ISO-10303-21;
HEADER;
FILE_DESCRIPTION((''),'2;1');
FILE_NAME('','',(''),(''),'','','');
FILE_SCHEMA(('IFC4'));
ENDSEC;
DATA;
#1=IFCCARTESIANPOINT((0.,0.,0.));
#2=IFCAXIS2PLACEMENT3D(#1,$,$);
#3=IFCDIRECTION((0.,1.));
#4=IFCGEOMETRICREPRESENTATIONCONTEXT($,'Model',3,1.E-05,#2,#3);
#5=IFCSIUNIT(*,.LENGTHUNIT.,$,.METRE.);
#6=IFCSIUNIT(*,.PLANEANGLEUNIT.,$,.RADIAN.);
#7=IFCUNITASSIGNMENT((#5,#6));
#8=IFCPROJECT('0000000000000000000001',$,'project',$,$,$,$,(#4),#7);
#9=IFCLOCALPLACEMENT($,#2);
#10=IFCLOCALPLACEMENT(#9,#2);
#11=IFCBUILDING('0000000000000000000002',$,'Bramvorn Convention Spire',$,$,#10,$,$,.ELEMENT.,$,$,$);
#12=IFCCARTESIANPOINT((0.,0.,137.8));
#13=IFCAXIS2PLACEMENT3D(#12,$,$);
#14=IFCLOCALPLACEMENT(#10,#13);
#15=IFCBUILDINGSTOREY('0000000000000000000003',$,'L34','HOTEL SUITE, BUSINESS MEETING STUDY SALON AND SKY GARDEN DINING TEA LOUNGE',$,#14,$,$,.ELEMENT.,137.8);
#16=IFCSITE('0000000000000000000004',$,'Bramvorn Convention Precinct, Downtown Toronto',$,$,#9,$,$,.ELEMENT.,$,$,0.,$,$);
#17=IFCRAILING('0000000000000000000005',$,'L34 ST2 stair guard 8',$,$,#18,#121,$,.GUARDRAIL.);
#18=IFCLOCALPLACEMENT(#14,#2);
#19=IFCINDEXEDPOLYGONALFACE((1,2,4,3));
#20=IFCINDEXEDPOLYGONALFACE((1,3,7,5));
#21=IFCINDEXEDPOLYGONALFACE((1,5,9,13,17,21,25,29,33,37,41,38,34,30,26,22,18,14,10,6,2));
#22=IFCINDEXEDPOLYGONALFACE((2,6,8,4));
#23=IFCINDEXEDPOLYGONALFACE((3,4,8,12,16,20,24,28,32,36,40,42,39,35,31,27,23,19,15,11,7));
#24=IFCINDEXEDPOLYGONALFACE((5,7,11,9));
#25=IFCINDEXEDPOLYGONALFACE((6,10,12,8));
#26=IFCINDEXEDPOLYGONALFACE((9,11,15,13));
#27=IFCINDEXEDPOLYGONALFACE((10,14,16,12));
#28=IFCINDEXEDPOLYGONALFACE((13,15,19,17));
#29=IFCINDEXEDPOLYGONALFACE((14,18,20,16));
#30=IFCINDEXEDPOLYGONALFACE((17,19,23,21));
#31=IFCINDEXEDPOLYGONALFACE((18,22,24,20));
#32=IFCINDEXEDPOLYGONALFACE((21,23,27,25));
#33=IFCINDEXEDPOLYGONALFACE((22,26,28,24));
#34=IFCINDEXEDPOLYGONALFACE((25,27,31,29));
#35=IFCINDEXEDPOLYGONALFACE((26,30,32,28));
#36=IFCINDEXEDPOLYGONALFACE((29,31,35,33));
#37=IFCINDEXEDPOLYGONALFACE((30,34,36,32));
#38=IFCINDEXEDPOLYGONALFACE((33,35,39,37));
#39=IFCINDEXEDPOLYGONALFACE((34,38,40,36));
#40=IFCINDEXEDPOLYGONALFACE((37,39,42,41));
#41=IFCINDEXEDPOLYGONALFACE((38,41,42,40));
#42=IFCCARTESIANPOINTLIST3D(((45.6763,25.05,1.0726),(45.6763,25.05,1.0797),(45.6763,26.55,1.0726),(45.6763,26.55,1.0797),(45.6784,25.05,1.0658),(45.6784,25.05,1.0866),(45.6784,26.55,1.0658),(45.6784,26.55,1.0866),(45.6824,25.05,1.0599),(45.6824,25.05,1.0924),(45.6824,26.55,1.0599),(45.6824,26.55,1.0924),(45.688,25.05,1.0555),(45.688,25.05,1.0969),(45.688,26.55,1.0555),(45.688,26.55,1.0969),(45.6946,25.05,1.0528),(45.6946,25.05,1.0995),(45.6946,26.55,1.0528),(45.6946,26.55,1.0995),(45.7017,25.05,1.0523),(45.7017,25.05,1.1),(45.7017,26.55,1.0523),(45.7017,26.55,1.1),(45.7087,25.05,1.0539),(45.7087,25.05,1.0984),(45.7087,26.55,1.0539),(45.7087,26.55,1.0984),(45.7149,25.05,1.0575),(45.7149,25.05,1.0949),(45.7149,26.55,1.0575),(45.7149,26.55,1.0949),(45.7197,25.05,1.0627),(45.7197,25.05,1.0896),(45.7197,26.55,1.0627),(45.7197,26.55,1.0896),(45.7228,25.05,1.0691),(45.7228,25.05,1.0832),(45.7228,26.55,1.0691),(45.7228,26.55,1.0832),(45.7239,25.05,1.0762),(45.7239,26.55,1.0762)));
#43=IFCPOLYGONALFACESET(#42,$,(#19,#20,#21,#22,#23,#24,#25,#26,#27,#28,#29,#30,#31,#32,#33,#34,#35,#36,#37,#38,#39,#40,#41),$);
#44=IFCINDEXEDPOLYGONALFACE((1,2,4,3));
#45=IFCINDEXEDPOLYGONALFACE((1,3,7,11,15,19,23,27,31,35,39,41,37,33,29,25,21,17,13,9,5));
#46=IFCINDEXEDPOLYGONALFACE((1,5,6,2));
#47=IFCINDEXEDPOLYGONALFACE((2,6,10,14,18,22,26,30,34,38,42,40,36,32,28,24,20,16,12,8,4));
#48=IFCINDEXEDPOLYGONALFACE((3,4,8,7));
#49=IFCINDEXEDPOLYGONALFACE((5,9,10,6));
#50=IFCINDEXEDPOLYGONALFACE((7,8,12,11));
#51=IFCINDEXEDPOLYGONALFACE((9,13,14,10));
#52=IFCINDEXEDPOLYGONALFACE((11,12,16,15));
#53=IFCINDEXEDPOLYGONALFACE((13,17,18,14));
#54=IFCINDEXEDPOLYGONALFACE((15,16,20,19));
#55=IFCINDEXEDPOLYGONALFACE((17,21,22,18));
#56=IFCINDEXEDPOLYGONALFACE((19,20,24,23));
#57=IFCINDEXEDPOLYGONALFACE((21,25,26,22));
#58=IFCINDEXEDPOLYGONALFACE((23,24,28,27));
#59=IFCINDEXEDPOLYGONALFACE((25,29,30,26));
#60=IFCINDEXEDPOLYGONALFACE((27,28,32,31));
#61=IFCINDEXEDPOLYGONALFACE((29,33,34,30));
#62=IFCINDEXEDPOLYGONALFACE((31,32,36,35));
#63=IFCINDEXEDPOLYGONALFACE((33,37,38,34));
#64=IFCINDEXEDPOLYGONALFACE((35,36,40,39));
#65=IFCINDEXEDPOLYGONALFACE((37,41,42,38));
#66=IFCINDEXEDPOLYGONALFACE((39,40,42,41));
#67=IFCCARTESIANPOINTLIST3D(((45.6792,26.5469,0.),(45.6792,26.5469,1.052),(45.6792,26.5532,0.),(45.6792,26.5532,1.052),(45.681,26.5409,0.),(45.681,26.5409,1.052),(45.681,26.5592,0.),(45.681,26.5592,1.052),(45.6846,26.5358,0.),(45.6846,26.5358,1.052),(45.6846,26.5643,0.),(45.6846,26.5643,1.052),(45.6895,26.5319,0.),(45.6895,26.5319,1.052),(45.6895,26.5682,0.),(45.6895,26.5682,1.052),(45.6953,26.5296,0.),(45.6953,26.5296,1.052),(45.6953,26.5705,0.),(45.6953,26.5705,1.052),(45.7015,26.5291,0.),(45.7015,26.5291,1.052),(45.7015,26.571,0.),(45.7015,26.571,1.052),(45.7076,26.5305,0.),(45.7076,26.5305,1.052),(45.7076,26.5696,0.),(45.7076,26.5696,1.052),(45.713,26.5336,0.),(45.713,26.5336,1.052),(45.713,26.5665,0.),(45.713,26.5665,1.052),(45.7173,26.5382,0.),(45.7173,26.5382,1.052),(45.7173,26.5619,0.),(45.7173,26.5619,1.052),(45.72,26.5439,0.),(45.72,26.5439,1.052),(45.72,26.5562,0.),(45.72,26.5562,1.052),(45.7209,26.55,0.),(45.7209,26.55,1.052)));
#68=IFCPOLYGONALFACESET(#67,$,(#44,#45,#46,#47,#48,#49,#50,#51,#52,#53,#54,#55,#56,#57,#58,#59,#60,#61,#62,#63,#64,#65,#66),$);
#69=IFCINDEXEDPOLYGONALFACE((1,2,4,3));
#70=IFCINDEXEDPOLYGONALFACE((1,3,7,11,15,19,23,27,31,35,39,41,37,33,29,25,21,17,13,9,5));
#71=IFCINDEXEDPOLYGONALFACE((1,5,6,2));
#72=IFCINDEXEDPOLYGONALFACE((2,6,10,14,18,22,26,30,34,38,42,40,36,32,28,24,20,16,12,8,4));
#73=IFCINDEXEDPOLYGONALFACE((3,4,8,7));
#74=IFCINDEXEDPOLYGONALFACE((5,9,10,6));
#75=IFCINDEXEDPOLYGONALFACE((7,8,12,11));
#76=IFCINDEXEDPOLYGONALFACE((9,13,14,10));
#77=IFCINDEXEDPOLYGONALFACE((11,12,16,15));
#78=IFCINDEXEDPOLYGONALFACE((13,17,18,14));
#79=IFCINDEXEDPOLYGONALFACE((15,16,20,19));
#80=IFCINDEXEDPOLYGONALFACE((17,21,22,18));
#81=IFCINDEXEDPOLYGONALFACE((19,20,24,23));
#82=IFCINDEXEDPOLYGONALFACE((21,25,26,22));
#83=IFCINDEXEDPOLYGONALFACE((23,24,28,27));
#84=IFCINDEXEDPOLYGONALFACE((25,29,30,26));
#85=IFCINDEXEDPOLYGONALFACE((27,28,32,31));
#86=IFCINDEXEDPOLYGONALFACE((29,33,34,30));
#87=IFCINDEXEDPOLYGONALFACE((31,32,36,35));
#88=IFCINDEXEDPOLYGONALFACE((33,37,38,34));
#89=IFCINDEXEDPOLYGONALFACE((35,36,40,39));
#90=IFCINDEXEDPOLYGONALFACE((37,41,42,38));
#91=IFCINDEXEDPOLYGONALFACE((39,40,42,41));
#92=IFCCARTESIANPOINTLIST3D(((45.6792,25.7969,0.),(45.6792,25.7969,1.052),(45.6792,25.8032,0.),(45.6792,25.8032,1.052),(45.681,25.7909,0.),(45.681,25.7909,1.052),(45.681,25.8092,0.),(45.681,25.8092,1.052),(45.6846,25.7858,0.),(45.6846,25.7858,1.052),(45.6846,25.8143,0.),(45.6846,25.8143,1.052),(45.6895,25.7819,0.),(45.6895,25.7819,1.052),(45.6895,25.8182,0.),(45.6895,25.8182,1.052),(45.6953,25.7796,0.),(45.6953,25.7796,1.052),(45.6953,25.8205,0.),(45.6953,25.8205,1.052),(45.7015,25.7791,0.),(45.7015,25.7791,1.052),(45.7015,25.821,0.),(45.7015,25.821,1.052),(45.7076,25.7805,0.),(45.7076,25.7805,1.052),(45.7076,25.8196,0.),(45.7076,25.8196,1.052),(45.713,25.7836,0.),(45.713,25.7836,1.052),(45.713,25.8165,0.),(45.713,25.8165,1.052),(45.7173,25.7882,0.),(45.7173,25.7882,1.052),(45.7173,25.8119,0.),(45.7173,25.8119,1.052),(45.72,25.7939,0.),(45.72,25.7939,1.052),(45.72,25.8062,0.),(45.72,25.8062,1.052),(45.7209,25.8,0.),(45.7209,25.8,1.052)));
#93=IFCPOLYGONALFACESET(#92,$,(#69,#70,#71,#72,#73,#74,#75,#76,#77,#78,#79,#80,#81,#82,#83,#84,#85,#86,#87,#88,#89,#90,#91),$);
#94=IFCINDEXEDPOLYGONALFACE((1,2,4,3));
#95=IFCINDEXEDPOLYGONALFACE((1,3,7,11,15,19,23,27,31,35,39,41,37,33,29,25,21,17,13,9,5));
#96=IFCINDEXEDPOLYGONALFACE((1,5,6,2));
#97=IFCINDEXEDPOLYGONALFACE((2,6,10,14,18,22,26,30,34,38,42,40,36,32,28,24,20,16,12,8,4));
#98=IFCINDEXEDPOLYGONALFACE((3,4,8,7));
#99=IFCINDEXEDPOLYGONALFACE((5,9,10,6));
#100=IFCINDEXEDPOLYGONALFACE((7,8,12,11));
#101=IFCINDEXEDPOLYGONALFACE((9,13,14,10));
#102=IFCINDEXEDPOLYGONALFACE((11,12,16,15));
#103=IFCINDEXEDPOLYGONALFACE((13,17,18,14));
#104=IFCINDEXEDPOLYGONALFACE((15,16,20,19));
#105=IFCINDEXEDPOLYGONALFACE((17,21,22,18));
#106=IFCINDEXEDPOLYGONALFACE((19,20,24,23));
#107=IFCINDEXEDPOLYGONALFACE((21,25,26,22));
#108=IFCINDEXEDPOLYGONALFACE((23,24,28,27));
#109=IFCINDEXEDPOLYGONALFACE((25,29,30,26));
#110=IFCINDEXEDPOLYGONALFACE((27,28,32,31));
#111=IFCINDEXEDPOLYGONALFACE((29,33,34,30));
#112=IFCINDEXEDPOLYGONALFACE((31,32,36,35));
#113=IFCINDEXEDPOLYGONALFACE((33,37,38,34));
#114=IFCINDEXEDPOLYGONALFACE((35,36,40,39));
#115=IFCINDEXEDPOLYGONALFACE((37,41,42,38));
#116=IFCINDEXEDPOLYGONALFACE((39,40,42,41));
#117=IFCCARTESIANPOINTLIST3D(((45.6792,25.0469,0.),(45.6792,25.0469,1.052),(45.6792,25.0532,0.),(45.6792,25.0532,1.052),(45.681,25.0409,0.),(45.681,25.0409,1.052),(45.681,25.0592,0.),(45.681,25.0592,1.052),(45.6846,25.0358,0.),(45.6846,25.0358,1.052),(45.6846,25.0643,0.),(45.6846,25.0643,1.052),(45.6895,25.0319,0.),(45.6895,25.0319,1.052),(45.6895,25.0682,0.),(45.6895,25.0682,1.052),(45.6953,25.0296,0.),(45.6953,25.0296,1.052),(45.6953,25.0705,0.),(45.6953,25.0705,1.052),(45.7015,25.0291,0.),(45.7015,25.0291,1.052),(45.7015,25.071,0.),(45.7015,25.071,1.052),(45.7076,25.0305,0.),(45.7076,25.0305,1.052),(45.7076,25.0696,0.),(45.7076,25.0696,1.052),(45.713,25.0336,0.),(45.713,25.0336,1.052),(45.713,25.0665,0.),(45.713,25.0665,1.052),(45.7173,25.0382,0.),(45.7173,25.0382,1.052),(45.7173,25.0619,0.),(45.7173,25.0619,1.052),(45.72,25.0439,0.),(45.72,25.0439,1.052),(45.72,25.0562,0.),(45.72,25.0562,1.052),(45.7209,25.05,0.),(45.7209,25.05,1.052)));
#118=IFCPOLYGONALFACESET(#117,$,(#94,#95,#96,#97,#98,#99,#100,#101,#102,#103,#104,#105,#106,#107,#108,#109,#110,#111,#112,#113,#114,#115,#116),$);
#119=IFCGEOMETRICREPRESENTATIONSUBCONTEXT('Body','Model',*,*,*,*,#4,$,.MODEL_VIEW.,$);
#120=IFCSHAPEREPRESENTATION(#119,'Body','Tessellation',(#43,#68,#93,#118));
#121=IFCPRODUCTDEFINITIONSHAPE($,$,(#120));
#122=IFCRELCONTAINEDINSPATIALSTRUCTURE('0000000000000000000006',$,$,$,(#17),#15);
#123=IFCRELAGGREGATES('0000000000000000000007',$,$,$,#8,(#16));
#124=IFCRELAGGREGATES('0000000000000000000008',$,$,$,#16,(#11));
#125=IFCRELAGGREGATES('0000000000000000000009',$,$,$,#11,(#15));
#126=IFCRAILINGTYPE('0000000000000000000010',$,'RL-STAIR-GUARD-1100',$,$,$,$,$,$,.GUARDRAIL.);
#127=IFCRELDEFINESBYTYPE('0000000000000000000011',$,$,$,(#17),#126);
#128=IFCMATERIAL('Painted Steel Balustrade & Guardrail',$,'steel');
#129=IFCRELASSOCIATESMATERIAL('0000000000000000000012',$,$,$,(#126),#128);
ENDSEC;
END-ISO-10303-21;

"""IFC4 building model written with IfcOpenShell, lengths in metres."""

from ifc_helpers import new_model, si_unit, direction, frame, origin, origin_2d, place, context, subcontext, project, spatial, circle, extrude, material, type_object, element, save


model = new_model("IFC4")

# Units and contexts
model_context = context("Model", 3, precision=1e-05, world=origin(), true_north=direction((0.0, 1.0)))
body_context = subcontext(model_context, "Body", "Model", "MODEL_VIEW")
ifc_project = project(units=[si_unit("LENGTHUNIT", "METRE"), si_unit("PLANEANGLEUNIT", "RADIAN")], contexts=[model_context])

# Site, building, storey
site_placement = place(None, origin())
site = spatial("IfcSite", under=ifc_project, at=site_placement, Name="Bramvorn Convention Precinct, Downtown Toronto", CompositionType="ELEMENT", RefElevation=0.0)
building_placement = place(site_placement, origin())
building = spatial("IfcBuilding", under=site, at=building_placement, Name="Bramvorn Convention Spire", CompositionType="ELEMENT")
storey_placement = place(building_placement, frame((0.0, 0.0, 137.8)))
storey = spatial("IfcBuildingStorey", under=building, at=storey_placement, Name="L34", Description="HOTEL SUITE, BUSINESS MEETING STUDY SALON AND SKY GARDEN DINING TEA LOUNGE", CompositionType="ELEMENT", Elevation=137.8)

# Railing
ifc_material_1 = material(Name="Painted Steel Balustrade & Guardrail", Category="steel")
railing_type_1 = type_object("IfcRailingType", Name="RL-STAIR-GUARD-1100", PredefinedType="GUARDRAIL", material=ifc_material_1)
railing_1_placement = place(storey_placement, frame((45.7, 26.55, 0.0)))
element("IfcRailing", 1, at=railing_1_placement, inside=storey, type_object=railing_type_1, Name="L34 ST2 stair guard 8", PredefinedType="GUARDRAIL", context=body_context, shape_type="SweptSolid", body=[
    extrude(circle(Radius=0.0239, at=origin_2d()), frame((0.0, 0.0, 1.0762), z_axis=(0.0, -1.0, 0.0), x_axis=(1.0, 0.0, 0.0)), (0.0, 0.0, 1.0), 1.5),
    extrude(circle(Radius=0.021, at=origin_2d()), origin(), (0.0, 0.0, 1.0), 1.052),
    extrude(circle(Radius=0.021, at=origin_2d()), frame((0.0, -0.75, 0.0)), (0.0, 0.0, 1.0), 1.052),
    extrude(circle(Radius=0.021, at=origin_2d()), frame((0.0, -1.5, 0.0)), (0.0, 0.0, 1.0), 1.052),
])

save(model, "model.ifc")
